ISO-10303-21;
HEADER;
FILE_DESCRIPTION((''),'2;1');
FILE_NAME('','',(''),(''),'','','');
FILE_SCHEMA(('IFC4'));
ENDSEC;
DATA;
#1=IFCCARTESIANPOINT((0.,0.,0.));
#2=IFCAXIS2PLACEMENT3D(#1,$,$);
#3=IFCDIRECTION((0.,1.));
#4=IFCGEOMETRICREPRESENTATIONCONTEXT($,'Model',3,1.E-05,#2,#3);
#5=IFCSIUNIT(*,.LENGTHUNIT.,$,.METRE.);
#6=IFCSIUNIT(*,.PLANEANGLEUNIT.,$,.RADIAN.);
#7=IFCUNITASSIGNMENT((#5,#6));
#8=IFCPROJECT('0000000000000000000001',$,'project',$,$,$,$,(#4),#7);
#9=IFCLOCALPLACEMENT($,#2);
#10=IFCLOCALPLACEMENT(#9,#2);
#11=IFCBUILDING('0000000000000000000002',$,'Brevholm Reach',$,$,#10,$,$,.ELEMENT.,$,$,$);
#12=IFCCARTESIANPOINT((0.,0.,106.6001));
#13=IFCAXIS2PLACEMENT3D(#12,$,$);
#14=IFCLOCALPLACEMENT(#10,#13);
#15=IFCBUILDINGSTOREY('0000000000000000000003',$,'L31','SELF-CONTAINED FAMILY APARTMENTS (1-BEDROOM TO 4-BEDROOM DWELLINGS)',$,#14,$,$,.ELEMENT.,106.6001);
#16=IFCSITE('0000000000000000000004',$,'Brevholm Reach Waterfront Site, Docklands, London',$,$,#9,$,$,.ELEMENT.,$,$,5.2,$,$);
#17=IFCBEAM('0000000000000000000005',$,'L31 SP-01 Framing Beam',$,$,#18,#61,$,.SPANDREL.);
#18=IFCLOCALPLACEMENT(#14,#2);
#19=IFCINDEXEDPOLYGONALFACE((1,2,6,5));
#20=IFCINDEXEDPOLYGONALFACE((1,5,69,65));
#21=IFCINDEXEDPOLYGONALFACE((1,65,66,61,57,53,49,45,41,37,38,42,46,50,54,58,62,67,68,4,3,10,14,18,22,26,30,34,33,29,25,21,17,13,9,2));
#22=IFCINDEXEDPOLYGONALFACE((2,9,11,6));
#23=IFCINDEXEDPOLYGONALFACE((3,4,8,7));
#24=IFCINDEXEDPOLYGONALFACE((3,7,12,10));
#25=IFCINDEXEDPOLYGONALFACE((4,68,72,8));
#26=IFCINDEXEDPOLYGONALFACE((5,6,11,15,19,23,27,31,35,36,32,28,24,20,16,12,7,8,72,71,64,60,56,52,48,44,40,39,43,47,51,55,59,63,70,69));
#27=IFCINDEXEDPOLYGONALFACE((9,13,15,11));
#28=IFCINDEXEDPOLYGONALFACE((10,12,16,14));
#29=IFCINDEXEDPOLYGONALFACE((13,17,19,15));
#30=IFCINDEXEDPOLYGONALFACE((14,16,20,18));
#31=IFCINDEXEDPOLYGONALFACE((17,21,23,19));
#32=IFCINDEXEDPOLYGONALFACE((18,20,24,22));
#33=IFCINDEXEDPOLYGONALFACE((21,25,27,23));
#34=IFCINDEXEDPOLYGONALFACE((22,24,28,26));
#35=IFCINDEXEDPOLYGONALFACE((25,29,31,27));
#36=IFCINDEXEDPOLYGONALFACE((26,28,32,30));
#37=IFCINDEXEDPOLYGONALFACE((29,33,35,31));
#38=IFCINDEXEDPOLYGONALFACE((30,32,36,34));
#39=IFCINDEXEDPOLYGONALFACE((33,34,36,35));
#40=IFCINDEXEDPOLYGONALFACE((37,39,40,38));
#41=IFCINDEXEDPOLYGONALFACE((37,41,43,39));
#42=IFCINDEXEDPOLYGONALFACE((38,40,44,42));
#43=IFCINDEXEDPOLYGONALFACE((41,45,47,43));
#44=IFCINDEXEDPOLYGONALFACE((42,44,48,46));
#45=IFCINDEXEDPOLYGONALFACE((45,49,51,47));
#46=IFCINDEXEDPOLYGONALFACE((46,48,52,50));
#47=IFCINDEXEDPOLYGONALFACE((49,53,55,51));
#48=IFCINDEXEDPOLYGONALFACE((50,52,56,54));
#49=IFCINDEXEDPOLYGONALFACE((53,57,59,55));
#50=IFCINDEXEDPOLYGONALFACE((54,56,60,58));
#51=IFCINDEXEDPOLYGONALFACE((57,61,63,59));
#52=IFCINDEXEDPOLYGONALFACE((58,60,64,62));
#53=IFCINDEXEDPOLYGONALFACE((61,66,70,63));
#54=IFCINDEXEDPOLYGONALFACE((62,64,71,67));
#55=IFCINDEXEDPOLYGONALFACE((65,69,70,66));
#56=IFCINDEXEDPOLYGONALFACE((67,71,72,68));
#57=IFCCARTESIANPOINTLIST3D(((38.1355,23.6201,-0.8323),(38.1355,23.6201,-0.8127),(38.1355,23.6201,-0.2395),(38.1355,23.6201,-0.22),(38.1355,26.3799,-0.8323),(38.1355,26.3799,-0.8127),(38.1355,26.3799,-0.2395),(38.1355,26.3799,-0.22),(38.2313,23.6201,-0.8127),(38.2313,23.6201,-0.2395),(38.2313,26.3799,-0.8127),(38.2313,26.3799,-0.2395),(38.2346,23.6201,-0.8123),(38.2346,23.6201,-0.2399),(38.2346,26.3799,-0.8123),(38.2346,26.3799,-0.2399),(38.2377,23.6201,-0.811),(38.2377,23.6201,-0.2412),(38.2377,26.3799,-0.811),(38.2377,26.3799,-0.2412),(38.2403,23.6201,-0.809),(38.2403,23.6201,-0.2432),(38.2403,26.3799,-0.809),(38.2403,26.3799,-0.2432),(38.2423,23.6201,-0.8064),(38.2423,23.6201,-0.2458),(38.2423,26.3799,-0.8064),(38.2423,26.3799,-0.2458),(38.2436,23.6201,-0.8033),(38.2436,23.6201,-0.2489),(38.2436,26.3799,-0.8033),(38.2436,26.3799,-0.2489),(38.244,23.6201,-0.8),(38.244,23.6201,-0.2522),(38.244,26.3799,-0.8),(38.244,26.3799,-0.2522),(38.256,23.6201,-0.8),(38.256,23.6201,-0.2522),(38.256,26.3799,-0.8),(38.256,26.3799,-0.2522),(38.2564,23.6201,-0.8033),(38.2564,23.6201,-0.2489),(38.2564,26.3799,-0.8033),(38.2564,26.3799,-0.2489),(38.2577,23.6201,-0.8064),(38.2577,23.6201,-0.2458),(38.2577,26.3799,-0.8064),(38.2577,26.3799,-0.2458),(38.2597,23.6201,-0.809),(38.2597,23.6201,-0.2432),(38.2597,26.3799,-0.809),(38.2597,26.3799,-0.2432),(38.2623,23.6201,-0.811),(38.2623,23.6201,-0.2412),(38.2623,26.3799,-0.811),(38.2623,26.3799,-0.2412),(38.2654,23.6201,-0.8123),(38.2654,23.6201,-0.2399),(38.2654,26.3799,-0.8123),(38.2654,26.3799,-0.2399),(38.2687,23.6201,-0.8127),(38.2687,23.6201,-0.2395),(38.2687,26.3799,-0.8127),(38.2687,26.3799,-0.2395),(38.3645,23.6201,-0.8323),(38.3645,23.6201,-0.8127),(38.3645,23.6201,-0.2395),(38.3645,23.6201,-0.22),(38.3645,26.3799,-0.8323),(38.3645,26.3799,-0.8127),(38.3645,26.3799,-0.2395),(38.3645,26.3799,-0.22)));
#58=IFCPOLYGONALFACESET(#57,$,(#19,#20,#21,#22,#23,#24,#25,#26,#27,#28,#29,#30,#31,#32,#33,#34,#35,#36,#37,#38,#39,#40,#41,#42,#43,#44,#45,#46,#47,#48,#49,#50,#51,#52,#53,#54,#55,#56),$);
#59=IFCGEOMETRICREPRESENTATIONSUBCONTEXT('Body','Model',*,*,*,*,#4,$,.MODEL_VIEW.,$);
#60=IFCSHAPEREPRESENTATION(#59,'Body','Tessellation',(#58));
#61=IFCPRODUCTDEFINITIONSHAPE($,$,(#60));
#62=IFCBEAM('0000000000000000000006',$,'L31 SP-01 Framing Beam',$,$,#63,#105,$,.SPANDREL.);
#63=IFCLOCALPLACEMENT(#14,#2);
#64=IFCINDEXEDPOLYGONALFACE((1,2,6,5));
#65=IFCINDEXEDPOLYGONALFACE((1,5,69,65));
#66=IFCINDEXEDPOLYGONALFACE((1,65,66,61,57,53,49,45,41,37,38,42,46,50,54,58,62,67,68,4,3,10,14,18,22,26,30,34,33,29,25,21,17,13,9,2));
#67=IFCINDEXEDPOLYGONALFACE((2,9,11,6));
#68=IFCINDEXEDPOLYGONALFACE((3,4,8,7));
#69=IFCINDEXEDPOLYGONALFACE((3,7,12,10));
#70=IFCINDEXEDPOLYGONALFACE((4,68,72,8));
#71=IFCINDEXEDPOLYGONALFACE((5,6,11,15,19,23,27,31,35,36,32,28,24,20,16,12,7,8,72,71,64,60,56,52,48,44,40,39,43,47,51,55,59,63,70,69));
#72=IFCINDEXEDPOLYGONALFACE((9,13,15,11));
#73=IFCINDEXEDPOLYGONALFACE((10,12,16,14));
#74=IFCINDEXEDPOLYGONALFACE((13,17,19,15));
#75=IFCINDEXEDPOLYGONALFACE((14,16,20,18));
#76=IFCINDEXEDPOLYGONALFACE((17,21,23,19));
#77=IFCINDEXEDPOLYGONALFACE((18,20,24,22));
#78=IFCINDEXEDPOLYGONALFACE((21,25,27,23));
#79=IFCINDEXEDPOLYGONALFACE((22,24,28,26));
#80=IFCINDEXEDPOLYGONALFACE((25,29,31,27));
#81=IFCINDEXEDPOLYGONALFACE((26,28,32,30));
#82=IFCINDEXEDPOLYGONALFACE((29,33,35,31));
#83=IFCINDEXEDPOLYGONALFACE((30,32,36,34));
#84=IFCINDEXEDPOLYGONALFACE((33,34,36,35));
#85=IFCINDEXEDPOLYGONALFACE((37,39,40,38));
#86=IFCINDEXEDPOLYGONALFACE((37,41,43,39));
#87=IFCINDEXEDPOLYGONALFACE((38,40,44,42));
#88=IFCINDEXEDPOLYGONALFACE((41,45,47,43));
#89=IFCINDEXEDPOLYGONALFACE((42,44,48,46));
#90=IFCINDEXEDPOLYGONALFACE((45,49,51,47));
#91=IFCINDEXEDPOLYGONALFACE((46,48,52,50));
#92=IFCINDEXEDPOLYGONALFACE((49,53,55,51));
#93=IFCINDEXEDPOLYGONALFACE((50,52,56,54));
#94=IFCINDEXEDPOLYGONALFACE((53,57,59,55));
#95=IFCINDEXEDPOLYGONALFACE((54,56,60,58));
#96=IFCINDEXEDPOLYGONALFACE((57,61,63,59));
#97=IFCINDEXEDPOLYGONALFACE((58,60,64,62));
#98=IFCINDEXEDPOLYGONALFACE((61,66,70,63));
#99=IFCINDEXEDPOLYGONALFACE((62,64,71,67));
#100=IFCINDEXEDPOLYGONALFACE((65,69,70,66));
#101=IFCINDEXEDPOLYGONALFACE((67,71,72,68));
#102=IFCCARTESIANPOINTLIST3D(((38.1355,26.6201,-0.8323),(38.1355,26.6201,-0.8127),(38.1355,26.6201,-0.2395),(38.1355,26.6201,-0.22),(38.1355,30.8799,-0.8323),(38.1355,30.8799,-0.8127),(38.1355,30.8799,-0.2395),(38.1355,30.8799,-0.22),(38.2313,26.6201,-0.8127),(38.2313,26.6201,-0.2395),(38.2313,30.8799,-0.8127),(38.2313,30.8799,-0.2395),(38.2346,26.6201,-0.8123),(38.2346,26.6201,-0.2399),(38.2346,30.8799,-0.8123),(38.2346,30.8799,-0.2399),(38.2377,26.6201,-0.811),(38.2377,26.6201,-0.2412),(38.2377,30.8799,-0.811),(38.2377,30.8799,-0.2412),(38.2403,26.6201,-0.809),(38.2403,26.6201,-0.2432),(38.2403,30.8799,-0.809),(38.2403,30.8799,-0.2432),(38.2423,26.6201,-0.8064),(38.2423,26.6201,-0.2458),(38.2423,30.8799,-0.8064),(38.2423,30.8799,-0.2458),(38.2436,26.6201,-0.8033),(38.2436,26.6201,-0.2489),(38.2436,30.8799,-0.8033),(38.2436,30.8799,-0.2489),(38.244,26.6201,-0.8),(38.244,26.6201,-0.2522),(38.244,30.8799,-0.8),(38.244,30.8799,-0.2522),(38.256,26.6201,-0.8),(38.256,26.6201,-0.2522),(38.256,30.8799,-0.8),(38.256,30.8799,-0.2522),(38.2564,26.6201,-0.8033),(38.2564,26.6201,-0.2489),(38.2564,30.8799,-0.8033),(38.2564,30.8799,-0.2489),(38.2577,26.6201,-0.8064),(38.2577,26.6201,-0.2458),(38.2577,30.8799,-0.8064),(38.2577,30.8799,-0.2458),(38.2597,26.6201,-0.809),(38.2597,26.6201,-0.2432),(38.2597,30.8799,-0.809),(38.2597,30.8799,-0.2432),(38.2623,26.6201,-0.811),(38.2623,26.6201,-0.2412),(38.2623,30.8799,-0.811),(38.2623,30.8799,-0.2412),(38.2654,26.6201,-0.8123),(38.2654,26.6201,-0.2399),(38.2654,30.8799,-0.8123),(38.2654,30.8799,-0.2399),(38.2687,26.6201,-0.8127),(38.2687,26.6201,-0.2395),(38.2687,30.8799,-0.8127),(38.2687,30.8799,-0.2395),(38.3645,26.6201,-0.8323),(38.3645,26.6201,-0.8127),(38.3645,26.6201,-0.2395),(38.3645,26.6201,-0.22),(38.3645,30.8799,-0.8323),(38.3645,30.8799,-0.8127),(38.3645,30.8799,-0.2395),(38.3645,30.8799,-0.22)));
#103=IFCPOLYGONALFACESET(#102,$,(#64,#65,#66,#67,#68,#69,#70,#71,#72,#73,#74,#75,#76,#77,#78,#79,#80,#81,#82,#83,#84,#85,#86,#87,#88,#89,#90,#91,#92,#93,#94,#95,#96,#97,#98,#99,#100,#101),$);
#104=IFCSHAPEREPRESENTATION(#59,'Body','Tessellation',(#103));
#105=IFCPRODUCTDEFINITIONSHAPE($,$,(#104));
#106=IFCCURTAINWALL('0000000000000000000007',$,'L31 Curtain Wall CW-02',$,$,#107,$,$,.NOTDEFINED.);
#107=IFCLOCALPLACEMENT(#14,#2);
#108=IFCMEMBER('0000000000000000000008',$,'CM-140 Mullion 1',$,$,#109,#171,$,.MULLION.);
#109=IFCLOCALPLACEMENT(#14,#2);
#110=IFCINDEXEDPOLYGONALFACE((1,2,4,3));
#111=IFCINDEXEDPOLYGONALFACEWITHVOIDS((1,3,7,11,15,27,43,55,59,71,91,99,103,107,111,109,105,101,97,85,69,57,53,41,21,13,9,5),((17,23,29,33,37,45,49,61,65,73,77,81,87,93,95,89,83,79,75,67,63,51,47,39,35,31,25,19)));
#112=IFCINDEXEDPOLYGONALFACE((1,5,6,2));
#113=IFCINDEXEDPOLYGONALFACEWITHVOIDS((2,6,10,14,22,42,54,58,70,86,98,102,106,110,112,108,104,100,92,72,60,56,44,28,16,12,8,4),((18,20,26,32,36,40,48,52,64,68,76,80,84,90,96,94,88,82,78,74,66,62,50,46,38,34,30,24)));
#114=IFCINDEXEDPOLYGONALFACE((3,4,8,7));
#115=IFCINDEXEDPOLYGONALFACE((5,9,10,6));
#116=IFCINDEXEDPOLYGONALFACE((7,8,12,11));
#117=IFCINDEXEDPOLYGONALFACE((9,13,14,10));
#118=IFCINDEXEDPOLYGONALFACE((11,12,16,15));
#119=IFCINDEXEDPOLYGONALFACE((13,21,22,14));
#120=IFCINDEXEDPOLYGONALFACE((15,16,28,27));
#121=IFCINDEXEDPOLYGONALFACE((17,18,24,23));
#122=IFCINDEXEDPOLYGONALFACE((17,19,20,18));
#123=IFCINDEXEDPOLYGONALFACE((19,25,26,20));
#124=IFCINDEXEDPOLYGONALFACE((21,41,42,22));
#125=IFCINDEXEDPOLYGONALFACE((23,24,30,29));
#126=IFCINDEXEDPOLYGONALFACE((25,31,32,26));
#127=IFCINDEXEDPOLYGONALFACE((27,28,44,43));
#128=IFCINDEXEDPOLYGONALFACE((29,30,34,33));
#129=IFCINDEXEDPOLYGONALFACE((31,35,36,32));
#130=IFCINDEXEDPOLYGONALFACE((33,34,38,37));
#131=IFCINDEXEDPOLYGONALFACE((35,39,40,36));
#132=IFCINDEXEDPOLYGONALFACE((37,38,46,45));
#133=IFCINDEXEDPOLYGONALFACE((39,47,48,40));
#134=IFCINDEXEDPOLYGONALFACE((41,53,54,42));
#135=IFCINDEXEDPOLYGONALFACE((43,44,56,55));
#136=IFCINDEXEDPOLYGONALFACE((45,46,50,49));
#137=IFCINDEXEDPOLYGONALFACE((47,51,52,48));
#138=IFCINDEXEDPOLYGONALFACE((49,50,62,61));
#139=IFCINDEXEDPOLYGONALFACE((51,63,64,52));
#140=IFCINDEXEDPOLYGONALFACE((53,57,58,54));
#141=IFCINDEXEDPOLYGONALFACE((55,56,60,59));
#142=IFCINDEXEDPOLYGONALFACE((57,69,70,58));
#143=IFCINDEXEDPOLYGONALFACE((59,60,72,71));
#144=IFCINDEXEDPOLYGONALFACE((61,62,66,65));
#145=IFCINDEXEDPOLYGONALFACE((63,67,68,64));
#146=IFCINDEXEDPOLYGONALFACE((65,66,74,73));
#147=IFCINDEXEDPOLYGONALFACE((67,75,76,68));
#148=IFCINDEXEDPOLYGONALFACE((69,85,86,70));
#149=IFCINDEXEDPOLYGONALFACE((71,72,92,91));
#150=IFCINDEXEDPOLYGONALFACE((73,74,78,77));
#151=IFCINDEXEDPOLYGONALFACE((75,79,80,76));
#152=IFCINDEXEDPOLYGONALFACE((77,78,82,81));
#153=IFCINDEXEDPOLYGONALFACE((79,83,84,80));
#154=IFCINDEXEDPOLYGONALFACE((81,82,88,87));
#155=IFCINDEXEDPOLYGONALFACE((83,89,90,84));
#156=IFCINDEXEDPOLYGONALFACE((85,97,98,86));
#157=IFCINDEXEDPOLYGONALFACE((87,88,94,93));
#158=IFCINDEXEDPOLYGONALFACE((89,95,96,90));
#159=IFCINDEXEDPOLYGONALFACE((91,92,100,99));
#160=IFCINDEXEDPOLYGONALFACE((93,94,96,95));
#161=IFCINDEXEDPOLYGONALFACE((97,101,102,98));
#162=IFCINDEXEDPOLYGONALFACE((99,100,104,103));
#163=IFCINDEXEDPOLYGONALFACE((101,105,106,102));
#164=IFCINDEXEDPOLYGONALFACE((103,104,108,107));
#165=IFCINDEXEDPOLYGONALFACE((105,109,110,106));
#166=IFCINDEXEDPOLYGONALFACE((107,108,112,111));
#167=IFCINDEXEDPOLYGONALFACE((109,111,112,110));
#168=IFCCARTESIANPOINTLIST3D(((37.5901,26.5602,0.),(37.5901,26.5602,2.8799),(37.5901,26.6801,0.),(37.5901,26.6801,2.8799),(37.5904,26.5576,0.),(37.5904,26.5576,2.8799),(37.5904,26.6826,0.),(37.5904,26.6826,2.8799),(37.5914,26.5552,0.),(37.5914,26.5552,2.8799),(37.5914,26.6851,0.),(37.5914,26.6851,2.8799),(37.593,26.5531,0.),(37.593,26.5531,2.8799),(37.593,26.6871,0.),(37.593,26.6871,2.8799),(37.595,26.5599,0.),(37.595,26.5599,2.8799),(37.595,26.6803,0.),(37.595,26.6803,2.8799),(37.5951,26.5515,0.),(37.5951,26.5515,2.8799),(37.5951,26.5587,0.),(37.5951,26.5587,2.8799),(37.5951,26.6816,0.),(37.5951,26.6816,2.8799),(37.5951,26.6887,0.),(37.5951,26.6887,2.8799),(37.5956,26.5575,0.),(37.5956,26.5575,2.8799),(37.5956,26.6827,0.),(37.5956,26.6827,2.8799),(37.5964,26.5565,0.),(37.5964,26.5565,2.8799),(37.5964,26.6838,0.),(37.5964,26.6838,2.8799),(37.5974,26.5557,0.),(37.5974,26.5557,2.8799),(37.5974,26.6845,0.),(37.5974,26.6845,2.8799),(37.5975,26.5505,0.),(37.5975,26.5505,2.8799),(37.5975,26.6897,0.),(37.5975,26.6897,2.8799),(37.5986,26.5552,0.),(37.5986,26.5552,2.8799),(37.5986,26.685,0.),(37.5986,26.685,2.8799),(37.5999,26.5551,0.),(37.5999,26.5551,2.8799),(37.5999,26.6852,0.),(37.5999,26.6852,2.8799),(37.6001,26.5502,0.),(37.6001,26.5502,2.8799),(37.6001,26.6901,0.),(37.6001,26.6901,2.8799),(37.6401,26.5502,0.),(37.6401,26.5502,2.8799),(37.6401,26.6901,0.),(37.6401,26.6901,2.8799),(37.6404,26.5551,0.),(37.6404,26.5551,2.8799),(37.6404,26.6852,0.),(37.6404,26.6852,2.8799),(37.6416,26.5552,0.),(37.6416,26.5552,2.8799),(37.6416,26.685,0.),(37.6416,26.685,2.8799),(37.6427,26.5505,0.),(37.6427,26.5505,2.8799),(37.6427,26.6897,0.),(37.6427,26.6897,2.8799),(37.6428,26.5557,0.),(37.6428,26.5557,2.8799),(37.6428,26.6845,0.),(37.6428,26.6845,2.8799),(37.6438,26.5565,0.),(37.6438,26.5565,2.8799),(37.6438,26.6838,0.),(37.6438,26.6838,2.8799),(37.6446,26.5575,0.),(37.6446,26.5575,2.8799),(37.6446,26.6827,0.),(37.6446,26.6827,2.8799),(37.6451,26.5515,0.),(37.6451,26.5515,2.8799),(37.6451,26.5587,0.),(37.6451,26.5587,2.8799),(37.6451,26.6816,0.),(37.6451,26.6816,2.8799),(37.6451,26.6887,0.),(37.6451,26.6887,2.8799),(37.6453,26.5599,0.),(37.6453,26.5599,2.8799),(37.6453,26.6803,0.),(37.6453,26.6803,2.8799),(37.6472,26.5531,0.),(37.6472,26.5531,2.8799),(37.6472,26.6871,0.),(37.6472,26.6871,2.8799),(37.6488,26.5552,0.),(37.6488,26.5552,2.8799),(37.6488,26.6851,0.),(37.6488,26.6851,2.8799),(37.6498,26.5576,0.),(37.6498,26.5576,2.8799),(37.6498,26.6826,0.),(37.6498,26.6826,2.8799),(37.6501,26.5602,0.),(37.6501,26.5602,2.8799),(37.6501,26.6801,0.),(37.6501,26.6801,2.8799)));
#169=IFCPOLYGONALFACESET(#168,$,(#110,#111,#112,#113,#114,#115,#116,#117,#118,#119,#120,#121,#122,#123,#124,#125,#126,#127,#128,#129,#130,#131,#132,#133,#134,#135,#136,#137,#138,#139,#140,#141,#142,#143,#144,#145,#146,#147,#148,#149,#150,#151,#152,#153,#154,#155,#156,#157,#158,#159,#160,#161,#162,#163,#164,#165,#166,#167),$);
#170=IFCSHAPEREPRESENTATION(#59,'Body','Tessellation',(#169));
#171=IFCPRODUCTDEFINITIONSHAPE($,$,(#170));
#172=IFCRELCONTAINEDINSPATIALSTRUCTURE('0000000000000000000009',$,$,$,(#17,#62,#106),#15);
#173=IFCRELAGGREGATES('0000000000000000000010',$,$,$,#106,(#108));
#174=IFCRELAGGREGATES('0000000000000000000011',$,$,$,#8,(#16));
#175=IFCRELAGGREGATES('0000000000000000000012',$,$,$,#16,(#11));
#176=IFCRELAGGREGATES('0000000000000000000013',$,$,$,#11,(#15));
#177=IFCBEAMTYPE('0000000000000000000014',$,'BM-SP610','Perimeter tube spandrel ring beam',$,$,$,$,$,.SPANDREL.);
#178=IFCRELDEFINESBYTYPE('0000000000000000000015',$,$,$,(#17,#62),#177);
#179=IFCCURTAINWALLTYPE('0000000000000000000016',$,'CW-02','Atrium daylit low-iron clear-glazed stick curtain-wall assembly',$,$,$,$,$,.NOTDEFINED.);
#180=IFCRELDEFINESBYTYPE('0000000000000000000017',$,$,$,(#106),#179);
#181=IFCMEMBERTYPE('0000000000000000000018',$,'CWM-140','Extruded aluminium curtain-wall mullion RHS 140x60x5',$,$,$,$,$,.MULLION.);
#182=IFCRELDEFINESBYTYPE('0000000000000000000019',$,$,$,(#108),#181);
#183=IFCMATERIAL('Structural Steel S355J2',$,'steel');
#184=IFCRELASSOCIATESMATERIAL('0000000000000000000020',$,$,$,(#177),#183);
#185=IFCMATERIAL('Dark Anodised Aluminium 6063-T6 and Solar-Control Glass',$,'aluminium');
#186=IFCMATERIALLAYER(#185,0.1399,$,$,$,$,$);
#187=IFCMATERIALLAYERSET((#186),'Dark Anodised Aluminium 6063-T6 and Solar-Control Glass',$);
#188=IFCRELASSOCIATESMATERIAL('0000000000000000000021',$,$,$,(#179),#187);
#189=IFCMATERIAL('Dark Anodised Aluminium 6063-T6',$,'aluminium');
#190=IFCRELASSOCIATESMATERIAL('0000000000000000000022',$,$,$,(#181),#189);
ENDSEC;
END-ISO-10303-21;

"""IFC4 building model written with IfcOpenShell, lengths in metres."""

from ifc_helpers import new_model, si_unit, direction, frame, origin, origin_2d, place, context, subcontext, project, spatial, hollow_rectangle, i_section, extrude, material, layer, layer_set, material_profile, profile_set, type_object, element, aggregate, save


model = new_model("IFC4")

# Units and contexts
model_context = context("Model", 3, precision=1e-05, world=origin(), true_north=direction((0.0, 1.0)))
body_context = subcontext(model_context, "Body", "Model", "MODEL_VIEW")
ifc_project = project(units=[si_unit("LENGTHUNIT", "METRE"), si_unit("PLANEANGLEUNIT", "RADIAN")], contexts=[model_context])

# Site, building, storey
site_placement = place(None, origin())
site = spatial("IfcSite", under=ifc_project, at=site_placement, Name="Brevholm Reach Waterfront Site, Docklands, London", CompositionType="ELEMENT", RefElevation=5.2)
building_placement = place(site_placement, origin())
building = spatial("IfcBuilding", under=site, at=building_placement, Name="Brevholm Reach", CompositionType="ELEMENT")
storey_placement = place(building_placement, frame((0.0, 0.0, 106.6001)))
storey = spatial("IfcBuildingStorey", under=building, at=storey_placement, Name="L31", Description="SELF-CONTAINED FAMILY APARTMENTS (1-BEDROOM TO 4-BEDROOM DWELLINGS)", CompositionType="ELEMENT", Elevation=106.6001)

# Beams
ifc_material_1 = material(Name="Structural Steel S355J2", Category="steel")
ifc_material_profile_1 = material_profile(ifc_material_1, i_section(OverallWidth=0.229, OverallDepth=0.6123, WebThickness=0.012, FlangeThickness=0.0195, FilletRadius=0.0127, at=origin_2d()), Name="UKB 610x229x125")
ifc_profile_set_1 = profile_set([ifc_material_profile_1], Name="Structural Steel S355J2")
beam_type_1 = type_object("IfcBeamType", Name="BM-SP610", Description="Perimeter tube spandrel ring beam", PredefinedType="SPANDREL", material=ifc_profile_set_1)
beam_1_placement = place(storey_placement, frame((38.25, 23.6201, -0.5261), z_axis=(0.0, 1.0, 0.0), x_axis=(-1.0, 0.0, 0.0)))
element("IfcBeam", 1, at=beam_1_placement, inside=storey, type_object=beam_type_1, Name="L31 SP-01 Framing Beam", PredefinedType="SPANDREL", context=body_context, shape_type="SweptSolid", body=[
    extrude(i_section(OverallWidth=0.229, OverallDepth=0.6123, WebThickness=0.012, FlangeThickness=0.0195, FilletRadius=0.0127, at=origin_2d()), origin(), (0.0, 0.0, 1.0), 2.7598),
])
beam_2_placement = place(storey_placement, frame((38.25, 26.6201, -0.5261), z_axis=(0.0, 1.0, 0.0), x_axis=(-1.0, 0.0, 0.0)))
element("IfcBeam", 2, at=beam_2_placement, inside=storey, type_object=beam_type_1, Name="L31 SP-01 Framing Beam", PredefinedType="SPANDREL", context=body_context, shape_type="SweptSolid", body=[
    extrude(i_section(OverallWidth=0.229, OverallDepth=0.6123, WebThickness=0.012, FlangeThickness=0.0195, FilletRadius=0.0127, at=origin_2d()), origin(), (0.0, 0.0, 1.0), 4.2598),
])

# Curtain wall, member
ifc_material_2 = material(Name="Dark Anodised Aluminium 6063-T6 and Solar-Control Glass", Category="aluminium")
ifc_layer_1 = layer(ifc_material_2, 0.1399)
ifc_layer_set_1 = layer_set([ifc_layer_1], Name="Dark Anodised Aluminium 6063-T6 and Solar-Control Glass")
curtain_wall_type_1 = type_object("IfcCurtainWallType", Name="CW-02", Description="Atrium daylit low-iron clear-glazed stick curtain-wall assembly", PredefinedType="NOTDEFINED", material=ifc_layer_set_1)
curtain_wall_1_placement = place(storey_placement, origin())
curtain_wall_1 = element("IfcCurtainWall", 3, at=curtain_wall_1_placement, inside=storey, type_object=curtain_wall_type_1, Name="L31 Curtain Wall CW-02", PredefinedType="NOTDEFINED")
ifc_material_3 = material(Name="Dark Anodised Aluminium 6063-T6", Category="aluminium")
ifc_material_profile_2 = material_profile(ifc_material_3, hollow_rectangle(XDim=0.0601, YDim=0.1399, WallThickness=0.0049, InnerFilletRadius=0.0049, OuterFilletRadius=0.01, at=origin_2d()), Name="RHS 140x60x5")
ifc_profile_set_2 = profile_set([ifc_material_profile_2], Name="Dark Anodised Aluminium 6063-T6")
member_type_1 = type_object("IfcMemberType", Name="CWM-140", Description="Extruded aluminium curtain-wall mullion RHS 140x60x5", PredefinedType="MULLION", material=ifc_profile_set_2)
member_1_placement = place(storey_placement, frame((37.6201, 26.6201, 0.0), z_axis=(0.0, 0.0, 1.0), x_axis=(-1.0, 0.0, 0.0)))
member_1 = element("IfcMember", 4, at=member_1_placement, type_object=member_type_1, Name="CM-140 Mullion 1", PredefinedType="MULLION", context=body_context, shape_type="SweptSolid", body=[
    extrude(hollow_rectangle(XDim=0.0601, YDim=0.1399, WallThickness=0.0049, InnerFilletRadius=0.0049, OuterFilletRadius=0.01, at=origin_2d()), origin(), (0.0, 0.0, 1.0), 2.8799),
])

aggregate(curtain_wall_1, [member_1])

save(model, "model.ifc")
